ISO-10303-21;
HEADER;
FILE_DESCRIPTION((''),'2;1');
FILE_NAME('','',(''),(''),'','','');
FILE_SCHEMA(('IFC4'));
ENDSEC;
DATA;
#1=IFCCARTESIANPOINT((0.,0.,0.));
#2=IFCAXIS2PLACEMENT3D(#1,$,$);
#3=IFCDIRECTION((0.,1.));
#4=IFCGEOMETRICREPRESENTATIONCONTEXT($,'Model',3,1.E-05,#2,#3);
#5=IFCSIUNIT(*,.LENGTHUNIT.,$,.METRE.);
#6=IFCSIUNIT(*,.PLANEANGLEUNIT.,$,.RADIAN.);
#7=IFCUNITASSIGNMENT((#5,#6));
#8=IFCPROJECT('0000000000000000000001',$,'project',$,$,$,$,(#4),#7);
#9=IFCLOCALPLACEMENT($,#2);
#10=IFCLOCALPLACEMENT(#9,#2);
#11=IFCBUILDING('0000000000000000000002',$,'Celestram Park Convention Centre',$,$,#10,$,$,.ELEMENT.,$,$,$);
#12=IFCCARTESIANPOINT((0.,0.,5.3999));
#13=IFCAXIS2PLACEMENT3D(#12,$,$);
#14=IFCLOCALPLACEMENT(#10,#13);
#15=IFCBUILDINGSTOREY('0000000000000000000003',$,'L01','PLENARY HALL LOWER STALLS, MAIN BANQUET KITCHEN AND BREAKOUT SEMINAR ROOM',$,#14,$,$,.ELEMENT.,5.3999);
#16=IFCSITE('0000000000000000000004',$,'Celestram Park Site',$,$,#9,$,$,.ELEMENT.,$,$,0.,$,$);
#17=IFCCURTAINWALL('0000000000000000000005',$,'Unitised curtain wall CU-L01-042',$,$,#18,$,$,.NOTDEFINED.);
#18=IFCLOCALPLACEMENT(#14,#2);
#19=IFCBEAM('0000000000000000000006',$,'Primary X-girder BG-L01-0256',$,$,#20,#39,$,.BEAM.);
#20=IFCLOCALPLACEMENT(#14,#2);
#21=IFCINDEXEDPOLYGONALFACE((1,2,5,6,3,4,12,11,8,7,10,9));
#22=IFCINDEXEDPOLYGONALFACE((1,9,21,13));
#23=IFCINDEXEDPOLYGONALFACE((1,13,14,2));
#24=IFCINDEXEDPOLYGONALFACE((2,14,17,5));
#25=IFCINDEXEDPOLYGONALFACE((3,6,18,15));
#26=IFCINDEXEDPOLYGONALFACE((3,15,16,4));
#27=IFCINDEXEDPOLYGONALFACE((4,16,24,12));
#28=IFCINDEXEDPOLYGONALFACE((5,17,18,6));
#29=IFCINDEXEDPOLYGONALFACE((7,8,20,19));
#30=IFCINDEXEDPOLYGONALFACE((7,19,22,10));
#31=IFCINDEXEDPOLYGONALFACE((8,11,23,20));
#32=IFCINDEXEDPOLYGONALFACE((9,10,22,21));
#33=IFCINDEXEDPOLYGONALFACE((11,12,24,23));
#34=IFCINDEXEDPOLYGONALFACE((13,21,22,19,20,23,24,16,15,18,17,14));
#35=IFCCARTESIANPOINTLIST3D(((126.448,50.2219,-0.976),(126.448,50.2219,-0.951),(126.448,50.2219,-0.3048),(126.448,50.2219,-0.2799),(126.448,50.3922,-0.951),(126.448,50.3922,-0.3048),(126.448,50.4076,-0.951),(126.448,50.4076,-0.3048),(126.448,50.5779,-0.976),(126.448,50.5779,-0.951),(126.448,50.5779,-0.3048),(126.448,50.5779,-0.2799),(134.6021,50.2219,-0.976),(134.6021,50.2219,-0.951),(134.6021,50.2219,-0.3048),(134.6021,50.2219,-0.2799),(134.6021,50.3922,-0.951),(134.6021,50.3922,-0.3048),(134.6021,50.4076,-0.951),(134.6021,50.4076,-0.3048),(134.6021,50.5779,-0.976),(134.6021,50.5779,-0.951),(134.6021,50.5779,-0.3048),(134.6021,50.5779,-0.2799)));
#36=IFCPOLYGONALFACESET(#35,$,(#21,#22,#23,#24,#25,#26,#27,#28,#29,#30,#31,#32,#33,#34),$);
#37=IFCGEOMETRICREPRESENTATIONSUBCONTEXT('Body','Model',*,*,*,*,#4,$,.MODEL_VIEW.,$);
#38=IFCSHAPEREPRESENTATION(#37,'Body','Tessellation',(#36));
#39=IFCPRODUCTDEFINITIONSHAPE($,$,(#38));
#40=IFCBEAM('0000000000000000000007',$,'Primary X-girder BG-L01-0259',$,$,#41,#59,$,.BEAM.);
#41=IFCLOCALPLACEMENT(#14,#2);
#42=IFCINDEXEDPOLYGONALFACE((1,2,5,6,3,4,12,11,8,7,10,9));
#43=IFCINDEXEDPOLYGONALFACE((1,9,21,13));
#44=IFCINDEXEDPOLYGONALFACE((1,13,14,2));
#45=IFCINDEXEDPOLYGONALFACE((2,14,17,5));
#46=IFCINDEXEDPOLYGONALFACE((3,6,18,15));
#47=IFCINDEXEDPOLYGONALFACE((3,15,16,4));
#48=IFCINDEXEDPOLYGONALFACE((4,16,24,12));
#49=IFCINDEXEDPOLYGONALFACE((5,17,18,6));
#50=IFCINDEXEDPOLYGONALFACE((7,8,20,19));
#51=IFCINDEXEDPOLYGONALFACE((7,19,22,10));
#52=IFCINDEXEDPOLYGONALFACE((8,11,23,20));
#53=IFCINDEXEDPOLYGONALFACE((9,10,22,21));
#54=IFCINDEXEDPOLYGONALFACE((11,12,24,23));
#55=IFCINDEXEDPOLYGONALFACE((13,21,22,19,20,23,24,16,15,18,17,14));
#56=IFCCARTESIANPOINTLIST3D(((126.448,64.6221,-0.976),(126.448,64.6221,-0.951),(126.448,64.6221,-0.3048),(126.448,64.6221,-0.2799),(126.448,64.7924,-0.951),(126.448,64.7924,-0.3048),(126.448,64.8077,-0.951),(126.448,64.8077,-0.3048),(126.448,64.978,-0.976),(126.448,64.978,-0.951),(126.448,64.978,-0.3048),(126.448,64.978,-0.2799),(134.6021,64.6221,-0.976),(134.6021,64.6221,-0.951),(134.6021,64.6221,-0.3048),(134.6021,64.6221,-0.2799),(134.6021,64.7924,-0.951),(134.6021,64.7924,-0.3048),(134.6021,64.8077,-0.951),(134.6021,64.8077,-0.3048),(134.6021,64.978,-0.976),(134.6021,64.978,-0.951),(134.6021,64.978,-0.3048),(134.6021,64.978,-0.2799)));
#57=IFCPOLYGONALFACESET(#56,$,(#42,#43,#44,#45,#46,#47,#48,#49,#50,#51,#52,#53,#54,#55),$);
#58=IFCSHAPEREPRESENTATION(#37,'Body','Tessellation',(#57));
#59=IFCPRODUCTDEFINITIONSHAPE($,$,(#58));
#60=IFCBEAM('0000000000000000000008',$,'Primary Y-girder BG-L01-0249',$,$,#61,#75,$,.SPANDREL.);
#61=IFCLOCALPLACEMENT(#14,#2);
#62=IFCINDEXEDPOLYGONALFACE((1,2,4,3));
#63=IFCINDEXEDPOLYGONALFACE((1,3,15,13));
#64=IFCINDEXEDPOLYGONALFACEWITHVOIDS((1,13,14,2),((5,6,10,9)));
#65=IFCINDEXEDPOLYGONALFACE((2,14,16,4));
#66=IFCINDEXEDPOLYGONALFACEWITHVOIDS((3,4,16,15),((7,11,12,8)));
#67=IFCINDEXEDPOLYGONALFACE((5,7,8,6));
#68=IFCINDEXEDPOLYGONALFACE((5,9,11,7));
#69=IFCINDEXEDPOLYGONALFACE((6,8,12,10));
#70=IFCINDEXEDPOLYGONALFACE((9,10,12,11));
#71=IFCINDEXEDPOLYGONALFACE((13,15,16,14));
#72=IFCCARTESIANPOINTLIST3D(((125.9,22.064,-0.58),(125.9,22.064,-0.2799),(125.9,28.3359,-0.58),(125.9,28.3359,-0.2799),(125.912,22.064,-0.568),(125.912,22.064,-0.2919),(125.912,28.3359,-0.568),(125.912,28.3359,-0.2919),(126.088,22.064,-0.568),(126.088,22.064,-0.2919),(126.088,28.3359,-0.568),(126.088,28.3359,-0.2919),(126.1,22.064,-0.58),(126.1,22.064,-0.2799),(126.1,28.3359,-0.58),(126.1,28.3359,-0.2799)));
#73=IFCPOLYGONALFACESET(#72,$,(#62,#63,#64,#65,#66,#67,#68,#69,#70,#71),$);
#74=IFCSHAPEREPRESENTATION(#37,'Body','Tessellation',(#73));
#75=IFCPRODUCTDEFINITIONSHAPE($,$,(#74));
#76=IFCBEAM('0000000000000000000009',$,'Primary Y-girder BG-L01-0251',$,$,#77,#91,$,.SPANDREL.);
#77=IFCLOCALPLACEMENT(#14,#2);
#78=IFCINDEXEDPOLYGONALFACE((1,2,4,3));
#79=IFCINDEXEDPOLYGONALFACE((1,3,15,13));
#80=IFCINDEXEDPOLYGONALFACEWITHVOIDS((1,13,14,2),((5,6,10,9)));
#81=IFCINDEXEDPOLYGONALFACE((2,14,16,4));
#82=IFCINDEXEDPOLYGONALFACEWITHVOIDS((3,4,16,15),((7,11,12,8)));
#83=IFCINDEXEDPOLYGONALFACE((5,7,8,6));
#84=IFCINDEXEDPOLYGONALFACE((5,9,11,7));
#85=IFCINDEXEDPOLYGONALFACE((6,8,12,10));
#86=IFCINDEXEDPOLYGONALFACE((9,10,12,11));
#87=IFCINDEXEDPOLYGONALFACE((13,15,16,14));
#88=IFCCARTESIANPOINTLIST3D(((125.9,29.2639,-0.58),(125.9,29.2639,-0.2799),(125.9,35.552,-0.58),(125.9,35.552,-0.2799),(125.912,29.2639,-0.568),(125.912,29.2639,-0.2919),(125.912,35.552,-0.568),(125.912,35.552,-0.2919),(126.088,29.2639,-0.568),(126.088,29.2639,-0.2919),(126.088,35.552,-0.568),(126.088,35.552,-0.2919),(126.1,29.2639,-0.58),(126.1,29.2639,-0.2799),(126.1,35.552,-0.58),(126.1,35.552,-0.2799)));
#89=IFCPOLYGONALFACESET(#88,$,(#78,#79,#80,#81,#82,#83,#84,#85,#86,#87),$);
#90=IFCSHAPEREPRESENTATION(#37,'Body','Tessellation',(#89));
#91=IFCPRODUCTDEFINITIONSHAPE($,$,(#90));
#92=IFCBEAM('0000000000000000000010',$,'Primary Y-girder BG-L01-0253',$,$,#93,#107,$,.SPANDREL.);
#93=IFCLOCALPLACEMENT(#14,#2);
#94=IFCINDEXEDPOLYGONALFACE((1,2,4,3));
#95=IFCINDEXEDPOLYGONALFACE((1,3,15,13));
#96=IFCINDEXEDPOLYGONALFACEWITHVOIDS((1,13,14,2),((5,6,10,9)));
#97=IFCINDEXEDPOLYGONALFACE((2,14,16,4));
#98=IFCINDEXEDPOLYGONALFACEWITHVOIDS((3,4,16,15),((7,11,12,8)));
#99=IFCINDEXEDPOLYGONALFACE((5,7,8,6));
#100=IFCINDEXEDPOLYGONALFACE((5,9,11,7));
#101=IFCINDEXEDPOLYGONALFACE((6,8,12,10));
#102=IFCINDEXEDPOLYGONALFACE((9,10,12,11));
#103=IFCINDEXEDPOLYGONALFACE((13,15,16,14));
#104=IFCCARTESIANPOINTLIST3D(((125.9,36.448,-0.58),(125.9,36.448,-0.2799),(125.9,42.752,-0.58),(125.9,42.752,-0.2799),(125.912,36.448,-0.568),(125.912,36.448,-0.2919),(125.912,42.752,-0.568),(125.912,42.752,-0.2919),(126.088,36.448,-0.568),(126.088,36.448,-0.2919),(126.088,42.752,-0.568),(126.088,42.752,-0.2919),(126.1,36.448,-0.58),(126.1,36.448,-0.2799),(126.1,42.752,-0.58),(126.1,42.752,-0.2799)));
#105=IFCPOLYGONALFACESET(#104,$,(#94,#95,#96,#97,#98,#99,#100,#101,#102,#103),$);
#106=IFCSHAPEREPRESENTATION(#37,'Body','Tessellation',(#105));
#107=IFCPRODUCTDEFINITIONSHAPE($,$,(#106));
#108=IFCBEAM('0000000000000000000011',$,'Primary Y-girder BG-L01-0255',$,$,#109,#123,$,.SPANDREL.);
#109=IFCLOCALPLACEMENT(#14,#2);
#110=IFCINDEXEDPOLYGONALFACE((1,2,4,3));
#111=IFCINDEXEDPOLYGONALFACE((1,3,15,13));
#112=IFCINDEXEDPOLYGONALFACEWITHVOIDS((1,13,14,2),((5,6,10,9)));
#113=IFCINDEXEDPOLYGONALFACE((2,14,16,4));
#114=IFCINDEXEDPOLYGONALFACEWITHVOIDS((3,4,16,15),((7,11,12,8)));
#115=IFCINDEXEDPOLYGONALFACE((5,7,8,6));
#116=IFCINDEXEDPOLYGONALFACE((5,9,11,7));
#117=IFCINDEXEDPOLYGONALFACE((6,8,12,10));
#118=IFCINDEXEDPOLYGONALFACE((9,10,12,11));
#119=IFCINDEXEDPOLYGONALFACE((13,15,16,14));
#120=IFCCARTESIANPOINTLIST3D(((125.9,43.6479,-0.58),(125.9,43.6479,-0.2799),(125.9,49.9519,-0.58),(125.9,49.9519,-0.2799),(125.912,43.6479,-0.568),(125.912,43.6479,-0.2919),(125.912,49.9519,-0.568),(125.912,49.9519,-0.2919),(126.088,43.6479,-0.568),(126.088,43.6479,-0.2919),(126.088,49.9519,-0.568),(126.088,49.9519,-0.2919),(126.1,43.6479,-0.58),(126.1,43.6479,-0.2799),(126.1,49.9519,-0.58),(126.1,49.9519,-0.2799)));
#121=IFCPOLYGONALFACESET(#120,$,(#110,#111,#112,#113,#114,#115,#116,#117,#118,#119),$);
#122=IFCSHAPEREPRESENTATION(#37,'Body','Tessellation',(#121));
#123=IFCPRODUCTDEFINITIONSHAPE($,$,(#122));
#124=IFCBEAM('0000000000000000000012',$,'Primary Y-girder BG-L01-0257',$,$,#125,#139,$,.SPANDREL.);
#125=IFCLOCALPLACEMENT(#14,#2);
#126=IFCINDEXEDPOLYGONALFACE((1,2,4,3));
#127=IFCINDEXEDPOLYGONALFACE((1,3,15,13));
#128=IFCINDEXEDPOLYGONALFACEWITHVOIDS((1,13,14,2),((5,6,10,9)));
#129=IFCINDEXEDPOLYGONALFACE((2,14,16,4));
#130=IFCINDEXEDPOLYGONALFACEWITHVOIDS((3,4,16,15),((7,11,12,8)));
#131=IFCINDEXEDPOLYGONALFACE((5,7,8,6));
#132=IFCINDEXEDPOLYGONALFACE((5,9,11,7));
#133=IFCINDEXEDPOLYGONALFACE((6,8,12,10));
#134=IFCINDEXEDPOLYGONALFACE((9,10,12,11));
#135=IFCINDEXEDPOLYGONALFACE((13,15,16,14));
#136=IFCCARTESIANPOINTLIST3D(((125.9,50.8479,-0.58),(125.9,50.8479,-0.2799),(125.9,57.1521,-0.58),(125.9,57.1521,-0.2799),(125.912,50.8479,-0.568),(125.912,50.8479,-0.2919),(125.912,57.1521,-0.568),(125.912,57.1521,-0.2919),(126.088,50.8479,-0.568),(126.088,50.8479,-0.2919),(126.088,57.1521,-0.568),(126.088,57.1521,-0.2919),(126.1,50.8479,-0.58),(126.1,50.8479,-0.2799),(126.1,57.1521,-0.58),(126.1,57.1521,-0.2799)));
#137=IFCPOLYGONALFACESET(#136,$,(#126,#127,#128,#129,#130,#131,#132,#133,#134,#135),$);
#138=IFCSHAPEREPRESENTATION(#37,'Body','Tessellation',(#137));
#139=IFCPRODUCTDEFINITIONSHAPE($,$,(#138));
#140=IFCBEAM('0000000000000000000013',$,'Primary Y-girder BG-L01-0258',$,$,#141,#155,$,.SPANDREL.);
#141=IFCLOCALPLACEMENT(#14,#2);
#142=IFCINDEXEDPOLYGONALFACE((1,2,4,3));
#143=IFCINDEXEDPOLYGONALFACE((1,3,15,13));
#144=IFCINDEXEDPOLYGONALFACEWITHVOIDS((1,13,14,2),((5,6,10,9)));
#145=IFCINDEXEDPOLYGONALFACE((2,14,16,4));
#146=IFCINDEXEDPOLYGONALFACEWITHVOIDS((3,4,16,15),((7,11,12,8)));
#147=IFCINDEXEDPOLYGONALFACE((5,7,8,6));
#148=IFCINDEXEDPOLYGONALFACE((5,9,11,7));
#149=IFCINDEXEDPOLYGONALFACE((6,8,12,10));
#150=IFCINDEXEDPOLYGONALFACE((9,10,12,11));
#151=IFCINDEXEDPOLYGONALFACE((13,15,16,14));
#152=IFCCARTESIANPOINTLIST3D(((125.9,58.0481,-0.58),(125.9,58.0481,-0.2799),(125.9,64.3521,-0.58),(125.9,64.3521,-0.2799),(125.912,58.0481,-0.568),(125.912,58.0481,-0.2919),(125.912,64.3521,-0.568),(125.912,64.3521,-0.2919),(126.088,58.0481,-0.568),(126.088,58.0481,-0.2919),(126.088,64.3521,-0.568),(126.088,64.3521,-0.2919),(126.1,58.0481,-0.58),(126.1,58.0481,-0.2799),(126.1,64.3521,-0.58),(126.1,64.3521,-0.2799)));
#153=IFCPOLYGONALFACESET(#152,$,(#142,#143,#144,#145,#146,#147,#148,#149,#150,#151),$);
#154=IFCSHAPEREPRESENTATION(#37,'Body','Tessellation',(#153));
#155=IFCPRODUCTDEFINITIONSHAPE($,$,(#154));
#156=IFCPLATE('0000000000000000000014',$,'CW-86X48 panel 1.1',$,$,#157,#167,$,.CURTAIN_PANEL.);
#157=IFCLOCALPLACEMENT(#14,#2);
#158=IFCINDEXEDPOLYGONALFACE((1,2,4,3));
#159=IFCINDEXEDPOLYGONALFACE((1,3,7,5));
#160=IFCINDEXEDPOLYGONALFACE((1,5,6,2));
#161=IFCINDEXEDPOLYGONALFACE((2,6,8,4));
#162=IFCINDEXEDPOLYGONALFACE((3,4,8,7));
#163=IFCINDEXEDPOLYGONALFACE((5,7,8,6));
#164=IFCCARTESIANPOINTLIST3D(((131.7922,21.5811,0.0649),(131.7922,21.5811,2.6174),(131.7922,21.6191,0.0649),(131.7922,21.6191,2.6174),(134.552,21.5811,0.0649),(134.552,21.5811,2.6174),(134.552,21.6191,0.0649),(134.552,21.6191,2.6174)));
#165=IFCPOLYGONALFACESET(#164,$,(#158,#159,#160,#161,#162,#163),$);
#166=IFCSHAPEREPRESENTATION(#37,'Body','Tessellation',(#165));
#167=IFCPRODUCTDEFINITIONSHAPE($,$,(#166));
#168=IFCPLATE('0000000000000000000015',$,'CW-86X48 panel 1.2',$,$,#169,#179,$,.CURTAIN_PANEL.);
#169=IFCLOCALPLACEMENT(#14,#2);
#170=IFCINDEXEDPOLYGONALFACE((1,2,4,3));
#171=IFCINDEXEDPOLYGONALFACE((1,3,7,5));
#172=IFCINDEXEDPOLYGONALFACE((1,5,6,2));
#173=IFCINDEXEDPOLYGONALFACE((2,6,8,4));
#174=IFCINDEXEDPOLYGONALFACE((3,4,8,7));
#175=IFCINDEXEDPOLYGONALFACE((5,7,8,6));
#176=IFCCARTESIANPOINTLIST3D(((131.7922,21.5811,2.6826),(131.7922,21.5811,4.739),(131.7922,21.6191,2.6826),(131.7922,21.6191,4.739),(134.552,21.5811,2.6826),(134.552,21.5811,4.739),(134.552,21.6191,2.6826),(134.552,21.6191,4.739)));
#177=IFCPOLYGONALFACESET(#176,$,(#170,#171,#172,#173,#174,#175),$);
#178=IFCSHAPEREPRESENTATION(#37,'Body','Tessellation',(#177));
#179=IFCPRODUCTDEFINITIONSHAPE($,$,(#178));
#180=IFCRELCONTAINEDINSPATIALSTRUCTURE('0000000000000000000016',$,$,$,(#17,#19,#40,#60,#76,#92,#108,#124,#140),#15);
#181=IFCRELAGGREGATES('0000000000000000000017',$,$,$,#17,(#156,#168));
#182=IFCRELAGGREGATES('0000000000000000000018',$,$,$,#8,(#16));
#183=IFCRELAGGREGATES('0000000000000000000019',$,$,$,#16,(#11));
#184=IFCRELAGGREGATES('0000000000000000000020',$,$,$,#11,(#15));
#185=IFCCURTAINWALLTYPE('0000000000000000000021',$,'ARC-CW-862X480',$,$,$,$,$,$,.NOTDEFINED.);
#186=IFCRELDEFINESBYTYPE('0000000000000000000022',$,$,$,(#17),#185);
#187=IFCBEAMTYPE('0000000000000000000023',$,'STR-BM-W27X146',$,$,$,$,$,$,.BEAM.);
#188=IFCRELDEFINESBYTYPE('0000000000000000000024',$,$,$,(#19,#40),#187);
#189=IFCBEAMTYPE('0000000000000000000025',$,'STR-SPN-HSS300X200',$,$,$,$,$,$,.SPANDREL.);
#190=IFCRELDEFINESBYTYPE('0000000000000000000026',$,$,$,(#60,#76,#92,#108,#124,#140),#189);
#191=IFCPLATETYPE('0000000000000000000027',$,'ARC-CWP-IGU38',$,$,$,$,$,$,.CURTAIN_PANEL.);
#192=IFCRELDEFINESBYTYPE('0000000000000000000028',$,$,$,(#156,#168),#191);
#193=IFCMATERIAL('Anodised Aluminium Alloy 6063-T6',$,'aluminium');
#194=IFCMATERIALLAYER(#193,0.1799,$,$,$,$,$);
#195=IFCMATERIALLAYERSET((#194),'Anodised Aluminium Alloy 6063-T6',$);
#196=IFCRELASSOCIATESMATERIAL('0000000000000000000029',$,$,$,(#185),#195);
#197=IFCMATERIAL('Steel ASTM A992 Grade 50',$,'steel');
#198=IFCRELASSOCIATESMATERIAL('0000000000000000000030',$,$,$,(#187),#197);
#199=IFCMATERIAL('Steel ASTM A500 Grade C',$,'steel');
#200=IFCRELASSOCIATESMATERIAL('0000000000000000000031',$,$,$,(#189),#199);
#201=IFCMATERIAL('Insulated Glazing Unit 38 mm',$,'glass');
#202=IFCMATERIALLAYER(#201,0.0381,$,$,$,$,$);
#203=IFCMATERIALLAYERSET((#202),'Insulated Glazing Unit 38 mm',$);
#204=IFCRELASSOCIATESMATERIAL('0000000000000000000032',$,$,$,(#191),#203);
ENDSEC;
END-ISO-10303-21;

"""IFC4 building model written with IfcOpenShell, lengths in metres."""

from ifc_helpers import new_model, si_unit, direction, frame, origin, origin_2d, place, context, subcontext, project, spatial, rectangle, hollow_rectangle, i_section, extrude, material, layer, layer_set, material_profile, profile_set, type_object, element, aggregate, save


model = new_model("IFC4")

# Units and contexts
model_context = context("Model", 3, precision=1e-05, world=origin(), true_north=direction((0.0, 1.0)))
body_context = subcontext(model_context, "Body", "Model", "MODEL_VIEW")
ifc_project = project(units=[si_unit("LENGTHUNIT", "METRE"), si_unit("PLANEANGLEUNIT", "RADIAN")], contexts=[model_context])

# Site, building, storey
site_placement = place(None, origin())
site = spatial("IfcSite", under=ifc_project, at=site_placement, Name="Celestram Park Site", CompositionType="ELEMENT", RefElevation=0.0)
building_placement = place(site_placement, origin())
building = spatial("IfcBuilding", under=site, at=building_placement, Name="Celestram Park Convention Centre", CompositionType="ELEMENT")
storey_placement = place(building_placement, frame((0.0, 0.0, 5.3999)))
storey = spatial("IfcBuildingStorey", under=building, at=storey_placement, Name="L01", Description="PLENARY HALL LOWER STALLS, MAIN BANQUET KITCHEN AND BREAKOUT SEMINAR ROOM", CompositionType="ELEMENT", Elevation=5.3999)

# Shared definitions
ifc_material_1 = material(Name="Steel ASTM A992 Grade 50", Category="steel")

# Curtain wall
ifc_material_2 = material(Name="Anodised Aluminium Alloy 6063-T6", Category="aluminium")
ifc_layer_1 = layer(ifc_material_2, 0.1799)
ifc_layer_set_1 = layer_set([ifc_layer_1], Name="Anodised Aluminium Alloy 6063-T6")
curtain_wall_type = type_object("IfcCurtainWallType", Name="ARC-CW-862X480", PredefinedType="NOTDEFINED", material=ifc_layer_set_1)
curtain_wall_placement = place(storey_placement, origin())
curtain_wall = element("IfcCurtainWall", 1, at=curtain_wall_placement, inside=storey, type_object=curtain_wall_type, Name="Unitised curtain wall CU-L01-042", PredefinedType="NOTDEFINED")

# Beams
ifc_material_profile_1 = material_profile(ifc_material_1, i_section(OverallWidth=0.356, OverallDepth=0.696, WebThickness=0.0154, FlangeThickness=0.0249, at=origin_2d()), Name="W27X146")
ifc_profile_set_1 = profile_set([ifc_material_profile_1], Name="Steel ASTM A992 Grade 50")
beam_type_1 = type_object("IfcBeamType", Name="STR-BM-W27X146", PredefinedType="BEAM", material=ifc_profile_set_1)
for number, where, z_axis, x_axis, name in (
    (2, (126.448, 50.3999, -0.6279), (1.0, 0.0, 0.0), (0.0, 1.0, 0.0), "Primary X-girder BG-L01-0256"),
    (3, (126.448, 64.8, -0.6279), (1.0, 0.0, 0.0), (0.0, 1.0, 0.0), "Primary X-girder BG-L01-0259"),
):
    element("IfcBeam", number, at=place(storey_placement, frame(where, z_axis=z_axis, x_axis=x_axis)), inside=storey, type_object=beam_type_1, Name=name, PredefinedType="BEAM", context=body_context, shape_type="SweptSolid", body=[
        extrude(i_section(OverallWidth=0.356, OverallDepth=0.696, WebThickness=0.0154, FlangeThickness=0.0249, at=origin_2d()), origin(), (0.0, 0.0, 1.0), 8.1541),
    ])
ifc_material_3 = material(Name="Steel ASTM A500 Grade C", Category="steel")
ifc_material_profile_2 = material_profile(ifc_material_3, hollow_rectangle(XDim=0.2, YDim=0.3, WallThickness=0.012, at=origin_2d()), Name="HSS300X200X12")
ifc_profile_set_2 = profile_set([ifc_material_profile_2], Name="Steel ASTM A500 Grade C")
beam_type_2 = type_object("IfcBeamType", Name="STR-SPN-HSS300X200", PredefinedType="SPANDREL", material=ifc_profile_set_2)
beam_1_placement = place(storey_placement, frame((126.0, 22.064, -0.4299), z_axis=(0.0, 1.0, 0.0), x_axis=(-1.0, 0.0, 0.0)))
element("IfcBeam", 4, at=beam_1_placement, inside=storey, type_object=beam_type_2, Name="Primary Y-girder BG-L01-0249", PredefinedType="SPANDREL", context=body_context, shape_type="SweptSolid", body=[
    extrude(hollow_rectangle(XDim=0.2, YDim=0.3, WallThickness=0.012, at=origin_2d()), origin(), (0.0, 0.0, 1.0), 6.272),
])
beam_2_placement = place(storey_placement, frame((126.0, 29.2639, -0.4299), z_axis=(0.0, 1.0, 0.0), x_axis=(-1.0, 0.0, 0.0)))
element("IfcBeam", 5, at=beam_2_placement, inside=storey, type_object=beam_type_2, Name="Primary Y-girder BG-L01-0251", PredefinedType="SPANDREL", context=body_context, shape_type="SweptSolid", body=[
    extrude(hollow_rectangle(XDim=0.2, YDim=0.3, WallThickness=0.012, at=origin_2d()), origin(), (0.0, 0.0, 1.0), 6.2881),
])
for number, where, z_axis, x_axis, name in (
    (6, (126.0, 36.448, -0.4299), (0.0, 1.0, 0.0), (-1.0, 0.0, 0.0), "Primary Y-girder BG-L01-0253"),
    (7, (126.0, 43.6479, -0.4299), (0.0, 1.0, 0.0), (-1.0, 0.0, 0.0), "Primary Y-girder BG-L01-0255"),
):
    element("IfcBeam", number, at=place(storey_placement, frame(where, z_axis=z_axis, x_axis=x_axis)), inside=storey, type_object=beam_type_2, Name=name, PredefinedType="SPANDREL", context=body_context, shape_type="SweptSolid", body=[
        extrude(hollow_rectangle(XDim=0.2, YDim=0.3, WallThickness=0.012, at=origin_2d()), origin(), (0.0, 0.0, 1.0), 6.304),
    ])
beam_3_placement = place(storey_placement, frame((126.0, 50.8479, -0.4299), z_axis=(0.0, 1.0, 0.0), x_axis=(-1.0, 0.0, 0.0)))
element("IfcBeam", 8, at=beam_3_placement, inside=storey, type_object=beam_type_2, Name="Primary Y-girder BG-L01-0257", PredefinedType="SPANDREL", context=body_context, shape_type="SweptSolid", body=[
    extrude(hollow_rectangle(XDim=0.2, YDim=0.3, WallThickness=0.012, at=origin_2d()), origin(), (0.0, 0.0, 1.0), 6.3042),
])
beam_4_placement = place(storey_placement, frame((126.0, 58.0481, -0.4299), z_axis=(0.0, 1.0, 0.0), x_axis=(-1.0, 0.0, 0.0)))
element("IfcBeam", 9, at=beam_4_placement, inside=storey, type_object=beam_type_2, Name="Primary Y-girder BG-L01-0258", PredefinedType="SPANDREL", context=body_context, shape_type="SweptSolid", body=[
    extrude(hollow_rectangle(XDim=0.2, YDim=0.3, WallThickness=0.012, at=origin_2d()), origin(), (0.0, 0.0, 1.0), 6.304),
])

# Plates
ifc_material_4 = material(Name="Insulated Glazing Unit 38 mm", Category="glass")
ifc_layer_2 = layer(ifc_material_4, 0.0381)
ifc_layer_set_2 = layer_set([ifc_layer_2], Name="Insulated Glazing Unit 38 mm")
plate_type = type_object("IfcPlateType", Name="ARC-CWP-IGU38", PredefinedType="CURTAIN_PANEL", material=ifc_layer_set_2)
plate_1_placement = place(storey_placement, frame((133.1721, 21.6001, 0.0649), z_axis=(0.0, 0.0, 1.0), x_axis=(-1.0, 0.0, 0.0)))
plate_1 = element("IfcPlate", 10, at=plate_1_placement, type_object=plate_type, Name="CW-86X48 panel 1.1", PredefinedType="CURTAIN_PANEL", context=body_context, shape_type="SweptSolid", body=[
    extrude(rectangle(XDim=2.7598, YDim=0.0381, at=origin_2d()), origin(), (0.0, 0.0, 1.0), 2.5525),
])
plate_2_placement = place(storey_placement, frame((133.1721, 21.6001, 2.6826), z_axis=(0.0, 0.0, 1.0), x_axis=(-1.0, 0.0, 0.0)))
plate_2 = element("IfcPlate", 11, at=plate_2_placement, type_object=plate_type, Name="CW-86X48 panel 1.2", PredefinedType="CURTAIN_PANEL", context=body_context, shape_type="SweptSolid", body=[
    extrude(rectangle(XDim=2.7598, YDim=0.0381, at=origin_2d()), origin(), (0.0, 0.0, 1.0), 2.0564),
])
aggregate(curtain_wall, [plate_1, plate_2])

save(model, "model.ifc")
